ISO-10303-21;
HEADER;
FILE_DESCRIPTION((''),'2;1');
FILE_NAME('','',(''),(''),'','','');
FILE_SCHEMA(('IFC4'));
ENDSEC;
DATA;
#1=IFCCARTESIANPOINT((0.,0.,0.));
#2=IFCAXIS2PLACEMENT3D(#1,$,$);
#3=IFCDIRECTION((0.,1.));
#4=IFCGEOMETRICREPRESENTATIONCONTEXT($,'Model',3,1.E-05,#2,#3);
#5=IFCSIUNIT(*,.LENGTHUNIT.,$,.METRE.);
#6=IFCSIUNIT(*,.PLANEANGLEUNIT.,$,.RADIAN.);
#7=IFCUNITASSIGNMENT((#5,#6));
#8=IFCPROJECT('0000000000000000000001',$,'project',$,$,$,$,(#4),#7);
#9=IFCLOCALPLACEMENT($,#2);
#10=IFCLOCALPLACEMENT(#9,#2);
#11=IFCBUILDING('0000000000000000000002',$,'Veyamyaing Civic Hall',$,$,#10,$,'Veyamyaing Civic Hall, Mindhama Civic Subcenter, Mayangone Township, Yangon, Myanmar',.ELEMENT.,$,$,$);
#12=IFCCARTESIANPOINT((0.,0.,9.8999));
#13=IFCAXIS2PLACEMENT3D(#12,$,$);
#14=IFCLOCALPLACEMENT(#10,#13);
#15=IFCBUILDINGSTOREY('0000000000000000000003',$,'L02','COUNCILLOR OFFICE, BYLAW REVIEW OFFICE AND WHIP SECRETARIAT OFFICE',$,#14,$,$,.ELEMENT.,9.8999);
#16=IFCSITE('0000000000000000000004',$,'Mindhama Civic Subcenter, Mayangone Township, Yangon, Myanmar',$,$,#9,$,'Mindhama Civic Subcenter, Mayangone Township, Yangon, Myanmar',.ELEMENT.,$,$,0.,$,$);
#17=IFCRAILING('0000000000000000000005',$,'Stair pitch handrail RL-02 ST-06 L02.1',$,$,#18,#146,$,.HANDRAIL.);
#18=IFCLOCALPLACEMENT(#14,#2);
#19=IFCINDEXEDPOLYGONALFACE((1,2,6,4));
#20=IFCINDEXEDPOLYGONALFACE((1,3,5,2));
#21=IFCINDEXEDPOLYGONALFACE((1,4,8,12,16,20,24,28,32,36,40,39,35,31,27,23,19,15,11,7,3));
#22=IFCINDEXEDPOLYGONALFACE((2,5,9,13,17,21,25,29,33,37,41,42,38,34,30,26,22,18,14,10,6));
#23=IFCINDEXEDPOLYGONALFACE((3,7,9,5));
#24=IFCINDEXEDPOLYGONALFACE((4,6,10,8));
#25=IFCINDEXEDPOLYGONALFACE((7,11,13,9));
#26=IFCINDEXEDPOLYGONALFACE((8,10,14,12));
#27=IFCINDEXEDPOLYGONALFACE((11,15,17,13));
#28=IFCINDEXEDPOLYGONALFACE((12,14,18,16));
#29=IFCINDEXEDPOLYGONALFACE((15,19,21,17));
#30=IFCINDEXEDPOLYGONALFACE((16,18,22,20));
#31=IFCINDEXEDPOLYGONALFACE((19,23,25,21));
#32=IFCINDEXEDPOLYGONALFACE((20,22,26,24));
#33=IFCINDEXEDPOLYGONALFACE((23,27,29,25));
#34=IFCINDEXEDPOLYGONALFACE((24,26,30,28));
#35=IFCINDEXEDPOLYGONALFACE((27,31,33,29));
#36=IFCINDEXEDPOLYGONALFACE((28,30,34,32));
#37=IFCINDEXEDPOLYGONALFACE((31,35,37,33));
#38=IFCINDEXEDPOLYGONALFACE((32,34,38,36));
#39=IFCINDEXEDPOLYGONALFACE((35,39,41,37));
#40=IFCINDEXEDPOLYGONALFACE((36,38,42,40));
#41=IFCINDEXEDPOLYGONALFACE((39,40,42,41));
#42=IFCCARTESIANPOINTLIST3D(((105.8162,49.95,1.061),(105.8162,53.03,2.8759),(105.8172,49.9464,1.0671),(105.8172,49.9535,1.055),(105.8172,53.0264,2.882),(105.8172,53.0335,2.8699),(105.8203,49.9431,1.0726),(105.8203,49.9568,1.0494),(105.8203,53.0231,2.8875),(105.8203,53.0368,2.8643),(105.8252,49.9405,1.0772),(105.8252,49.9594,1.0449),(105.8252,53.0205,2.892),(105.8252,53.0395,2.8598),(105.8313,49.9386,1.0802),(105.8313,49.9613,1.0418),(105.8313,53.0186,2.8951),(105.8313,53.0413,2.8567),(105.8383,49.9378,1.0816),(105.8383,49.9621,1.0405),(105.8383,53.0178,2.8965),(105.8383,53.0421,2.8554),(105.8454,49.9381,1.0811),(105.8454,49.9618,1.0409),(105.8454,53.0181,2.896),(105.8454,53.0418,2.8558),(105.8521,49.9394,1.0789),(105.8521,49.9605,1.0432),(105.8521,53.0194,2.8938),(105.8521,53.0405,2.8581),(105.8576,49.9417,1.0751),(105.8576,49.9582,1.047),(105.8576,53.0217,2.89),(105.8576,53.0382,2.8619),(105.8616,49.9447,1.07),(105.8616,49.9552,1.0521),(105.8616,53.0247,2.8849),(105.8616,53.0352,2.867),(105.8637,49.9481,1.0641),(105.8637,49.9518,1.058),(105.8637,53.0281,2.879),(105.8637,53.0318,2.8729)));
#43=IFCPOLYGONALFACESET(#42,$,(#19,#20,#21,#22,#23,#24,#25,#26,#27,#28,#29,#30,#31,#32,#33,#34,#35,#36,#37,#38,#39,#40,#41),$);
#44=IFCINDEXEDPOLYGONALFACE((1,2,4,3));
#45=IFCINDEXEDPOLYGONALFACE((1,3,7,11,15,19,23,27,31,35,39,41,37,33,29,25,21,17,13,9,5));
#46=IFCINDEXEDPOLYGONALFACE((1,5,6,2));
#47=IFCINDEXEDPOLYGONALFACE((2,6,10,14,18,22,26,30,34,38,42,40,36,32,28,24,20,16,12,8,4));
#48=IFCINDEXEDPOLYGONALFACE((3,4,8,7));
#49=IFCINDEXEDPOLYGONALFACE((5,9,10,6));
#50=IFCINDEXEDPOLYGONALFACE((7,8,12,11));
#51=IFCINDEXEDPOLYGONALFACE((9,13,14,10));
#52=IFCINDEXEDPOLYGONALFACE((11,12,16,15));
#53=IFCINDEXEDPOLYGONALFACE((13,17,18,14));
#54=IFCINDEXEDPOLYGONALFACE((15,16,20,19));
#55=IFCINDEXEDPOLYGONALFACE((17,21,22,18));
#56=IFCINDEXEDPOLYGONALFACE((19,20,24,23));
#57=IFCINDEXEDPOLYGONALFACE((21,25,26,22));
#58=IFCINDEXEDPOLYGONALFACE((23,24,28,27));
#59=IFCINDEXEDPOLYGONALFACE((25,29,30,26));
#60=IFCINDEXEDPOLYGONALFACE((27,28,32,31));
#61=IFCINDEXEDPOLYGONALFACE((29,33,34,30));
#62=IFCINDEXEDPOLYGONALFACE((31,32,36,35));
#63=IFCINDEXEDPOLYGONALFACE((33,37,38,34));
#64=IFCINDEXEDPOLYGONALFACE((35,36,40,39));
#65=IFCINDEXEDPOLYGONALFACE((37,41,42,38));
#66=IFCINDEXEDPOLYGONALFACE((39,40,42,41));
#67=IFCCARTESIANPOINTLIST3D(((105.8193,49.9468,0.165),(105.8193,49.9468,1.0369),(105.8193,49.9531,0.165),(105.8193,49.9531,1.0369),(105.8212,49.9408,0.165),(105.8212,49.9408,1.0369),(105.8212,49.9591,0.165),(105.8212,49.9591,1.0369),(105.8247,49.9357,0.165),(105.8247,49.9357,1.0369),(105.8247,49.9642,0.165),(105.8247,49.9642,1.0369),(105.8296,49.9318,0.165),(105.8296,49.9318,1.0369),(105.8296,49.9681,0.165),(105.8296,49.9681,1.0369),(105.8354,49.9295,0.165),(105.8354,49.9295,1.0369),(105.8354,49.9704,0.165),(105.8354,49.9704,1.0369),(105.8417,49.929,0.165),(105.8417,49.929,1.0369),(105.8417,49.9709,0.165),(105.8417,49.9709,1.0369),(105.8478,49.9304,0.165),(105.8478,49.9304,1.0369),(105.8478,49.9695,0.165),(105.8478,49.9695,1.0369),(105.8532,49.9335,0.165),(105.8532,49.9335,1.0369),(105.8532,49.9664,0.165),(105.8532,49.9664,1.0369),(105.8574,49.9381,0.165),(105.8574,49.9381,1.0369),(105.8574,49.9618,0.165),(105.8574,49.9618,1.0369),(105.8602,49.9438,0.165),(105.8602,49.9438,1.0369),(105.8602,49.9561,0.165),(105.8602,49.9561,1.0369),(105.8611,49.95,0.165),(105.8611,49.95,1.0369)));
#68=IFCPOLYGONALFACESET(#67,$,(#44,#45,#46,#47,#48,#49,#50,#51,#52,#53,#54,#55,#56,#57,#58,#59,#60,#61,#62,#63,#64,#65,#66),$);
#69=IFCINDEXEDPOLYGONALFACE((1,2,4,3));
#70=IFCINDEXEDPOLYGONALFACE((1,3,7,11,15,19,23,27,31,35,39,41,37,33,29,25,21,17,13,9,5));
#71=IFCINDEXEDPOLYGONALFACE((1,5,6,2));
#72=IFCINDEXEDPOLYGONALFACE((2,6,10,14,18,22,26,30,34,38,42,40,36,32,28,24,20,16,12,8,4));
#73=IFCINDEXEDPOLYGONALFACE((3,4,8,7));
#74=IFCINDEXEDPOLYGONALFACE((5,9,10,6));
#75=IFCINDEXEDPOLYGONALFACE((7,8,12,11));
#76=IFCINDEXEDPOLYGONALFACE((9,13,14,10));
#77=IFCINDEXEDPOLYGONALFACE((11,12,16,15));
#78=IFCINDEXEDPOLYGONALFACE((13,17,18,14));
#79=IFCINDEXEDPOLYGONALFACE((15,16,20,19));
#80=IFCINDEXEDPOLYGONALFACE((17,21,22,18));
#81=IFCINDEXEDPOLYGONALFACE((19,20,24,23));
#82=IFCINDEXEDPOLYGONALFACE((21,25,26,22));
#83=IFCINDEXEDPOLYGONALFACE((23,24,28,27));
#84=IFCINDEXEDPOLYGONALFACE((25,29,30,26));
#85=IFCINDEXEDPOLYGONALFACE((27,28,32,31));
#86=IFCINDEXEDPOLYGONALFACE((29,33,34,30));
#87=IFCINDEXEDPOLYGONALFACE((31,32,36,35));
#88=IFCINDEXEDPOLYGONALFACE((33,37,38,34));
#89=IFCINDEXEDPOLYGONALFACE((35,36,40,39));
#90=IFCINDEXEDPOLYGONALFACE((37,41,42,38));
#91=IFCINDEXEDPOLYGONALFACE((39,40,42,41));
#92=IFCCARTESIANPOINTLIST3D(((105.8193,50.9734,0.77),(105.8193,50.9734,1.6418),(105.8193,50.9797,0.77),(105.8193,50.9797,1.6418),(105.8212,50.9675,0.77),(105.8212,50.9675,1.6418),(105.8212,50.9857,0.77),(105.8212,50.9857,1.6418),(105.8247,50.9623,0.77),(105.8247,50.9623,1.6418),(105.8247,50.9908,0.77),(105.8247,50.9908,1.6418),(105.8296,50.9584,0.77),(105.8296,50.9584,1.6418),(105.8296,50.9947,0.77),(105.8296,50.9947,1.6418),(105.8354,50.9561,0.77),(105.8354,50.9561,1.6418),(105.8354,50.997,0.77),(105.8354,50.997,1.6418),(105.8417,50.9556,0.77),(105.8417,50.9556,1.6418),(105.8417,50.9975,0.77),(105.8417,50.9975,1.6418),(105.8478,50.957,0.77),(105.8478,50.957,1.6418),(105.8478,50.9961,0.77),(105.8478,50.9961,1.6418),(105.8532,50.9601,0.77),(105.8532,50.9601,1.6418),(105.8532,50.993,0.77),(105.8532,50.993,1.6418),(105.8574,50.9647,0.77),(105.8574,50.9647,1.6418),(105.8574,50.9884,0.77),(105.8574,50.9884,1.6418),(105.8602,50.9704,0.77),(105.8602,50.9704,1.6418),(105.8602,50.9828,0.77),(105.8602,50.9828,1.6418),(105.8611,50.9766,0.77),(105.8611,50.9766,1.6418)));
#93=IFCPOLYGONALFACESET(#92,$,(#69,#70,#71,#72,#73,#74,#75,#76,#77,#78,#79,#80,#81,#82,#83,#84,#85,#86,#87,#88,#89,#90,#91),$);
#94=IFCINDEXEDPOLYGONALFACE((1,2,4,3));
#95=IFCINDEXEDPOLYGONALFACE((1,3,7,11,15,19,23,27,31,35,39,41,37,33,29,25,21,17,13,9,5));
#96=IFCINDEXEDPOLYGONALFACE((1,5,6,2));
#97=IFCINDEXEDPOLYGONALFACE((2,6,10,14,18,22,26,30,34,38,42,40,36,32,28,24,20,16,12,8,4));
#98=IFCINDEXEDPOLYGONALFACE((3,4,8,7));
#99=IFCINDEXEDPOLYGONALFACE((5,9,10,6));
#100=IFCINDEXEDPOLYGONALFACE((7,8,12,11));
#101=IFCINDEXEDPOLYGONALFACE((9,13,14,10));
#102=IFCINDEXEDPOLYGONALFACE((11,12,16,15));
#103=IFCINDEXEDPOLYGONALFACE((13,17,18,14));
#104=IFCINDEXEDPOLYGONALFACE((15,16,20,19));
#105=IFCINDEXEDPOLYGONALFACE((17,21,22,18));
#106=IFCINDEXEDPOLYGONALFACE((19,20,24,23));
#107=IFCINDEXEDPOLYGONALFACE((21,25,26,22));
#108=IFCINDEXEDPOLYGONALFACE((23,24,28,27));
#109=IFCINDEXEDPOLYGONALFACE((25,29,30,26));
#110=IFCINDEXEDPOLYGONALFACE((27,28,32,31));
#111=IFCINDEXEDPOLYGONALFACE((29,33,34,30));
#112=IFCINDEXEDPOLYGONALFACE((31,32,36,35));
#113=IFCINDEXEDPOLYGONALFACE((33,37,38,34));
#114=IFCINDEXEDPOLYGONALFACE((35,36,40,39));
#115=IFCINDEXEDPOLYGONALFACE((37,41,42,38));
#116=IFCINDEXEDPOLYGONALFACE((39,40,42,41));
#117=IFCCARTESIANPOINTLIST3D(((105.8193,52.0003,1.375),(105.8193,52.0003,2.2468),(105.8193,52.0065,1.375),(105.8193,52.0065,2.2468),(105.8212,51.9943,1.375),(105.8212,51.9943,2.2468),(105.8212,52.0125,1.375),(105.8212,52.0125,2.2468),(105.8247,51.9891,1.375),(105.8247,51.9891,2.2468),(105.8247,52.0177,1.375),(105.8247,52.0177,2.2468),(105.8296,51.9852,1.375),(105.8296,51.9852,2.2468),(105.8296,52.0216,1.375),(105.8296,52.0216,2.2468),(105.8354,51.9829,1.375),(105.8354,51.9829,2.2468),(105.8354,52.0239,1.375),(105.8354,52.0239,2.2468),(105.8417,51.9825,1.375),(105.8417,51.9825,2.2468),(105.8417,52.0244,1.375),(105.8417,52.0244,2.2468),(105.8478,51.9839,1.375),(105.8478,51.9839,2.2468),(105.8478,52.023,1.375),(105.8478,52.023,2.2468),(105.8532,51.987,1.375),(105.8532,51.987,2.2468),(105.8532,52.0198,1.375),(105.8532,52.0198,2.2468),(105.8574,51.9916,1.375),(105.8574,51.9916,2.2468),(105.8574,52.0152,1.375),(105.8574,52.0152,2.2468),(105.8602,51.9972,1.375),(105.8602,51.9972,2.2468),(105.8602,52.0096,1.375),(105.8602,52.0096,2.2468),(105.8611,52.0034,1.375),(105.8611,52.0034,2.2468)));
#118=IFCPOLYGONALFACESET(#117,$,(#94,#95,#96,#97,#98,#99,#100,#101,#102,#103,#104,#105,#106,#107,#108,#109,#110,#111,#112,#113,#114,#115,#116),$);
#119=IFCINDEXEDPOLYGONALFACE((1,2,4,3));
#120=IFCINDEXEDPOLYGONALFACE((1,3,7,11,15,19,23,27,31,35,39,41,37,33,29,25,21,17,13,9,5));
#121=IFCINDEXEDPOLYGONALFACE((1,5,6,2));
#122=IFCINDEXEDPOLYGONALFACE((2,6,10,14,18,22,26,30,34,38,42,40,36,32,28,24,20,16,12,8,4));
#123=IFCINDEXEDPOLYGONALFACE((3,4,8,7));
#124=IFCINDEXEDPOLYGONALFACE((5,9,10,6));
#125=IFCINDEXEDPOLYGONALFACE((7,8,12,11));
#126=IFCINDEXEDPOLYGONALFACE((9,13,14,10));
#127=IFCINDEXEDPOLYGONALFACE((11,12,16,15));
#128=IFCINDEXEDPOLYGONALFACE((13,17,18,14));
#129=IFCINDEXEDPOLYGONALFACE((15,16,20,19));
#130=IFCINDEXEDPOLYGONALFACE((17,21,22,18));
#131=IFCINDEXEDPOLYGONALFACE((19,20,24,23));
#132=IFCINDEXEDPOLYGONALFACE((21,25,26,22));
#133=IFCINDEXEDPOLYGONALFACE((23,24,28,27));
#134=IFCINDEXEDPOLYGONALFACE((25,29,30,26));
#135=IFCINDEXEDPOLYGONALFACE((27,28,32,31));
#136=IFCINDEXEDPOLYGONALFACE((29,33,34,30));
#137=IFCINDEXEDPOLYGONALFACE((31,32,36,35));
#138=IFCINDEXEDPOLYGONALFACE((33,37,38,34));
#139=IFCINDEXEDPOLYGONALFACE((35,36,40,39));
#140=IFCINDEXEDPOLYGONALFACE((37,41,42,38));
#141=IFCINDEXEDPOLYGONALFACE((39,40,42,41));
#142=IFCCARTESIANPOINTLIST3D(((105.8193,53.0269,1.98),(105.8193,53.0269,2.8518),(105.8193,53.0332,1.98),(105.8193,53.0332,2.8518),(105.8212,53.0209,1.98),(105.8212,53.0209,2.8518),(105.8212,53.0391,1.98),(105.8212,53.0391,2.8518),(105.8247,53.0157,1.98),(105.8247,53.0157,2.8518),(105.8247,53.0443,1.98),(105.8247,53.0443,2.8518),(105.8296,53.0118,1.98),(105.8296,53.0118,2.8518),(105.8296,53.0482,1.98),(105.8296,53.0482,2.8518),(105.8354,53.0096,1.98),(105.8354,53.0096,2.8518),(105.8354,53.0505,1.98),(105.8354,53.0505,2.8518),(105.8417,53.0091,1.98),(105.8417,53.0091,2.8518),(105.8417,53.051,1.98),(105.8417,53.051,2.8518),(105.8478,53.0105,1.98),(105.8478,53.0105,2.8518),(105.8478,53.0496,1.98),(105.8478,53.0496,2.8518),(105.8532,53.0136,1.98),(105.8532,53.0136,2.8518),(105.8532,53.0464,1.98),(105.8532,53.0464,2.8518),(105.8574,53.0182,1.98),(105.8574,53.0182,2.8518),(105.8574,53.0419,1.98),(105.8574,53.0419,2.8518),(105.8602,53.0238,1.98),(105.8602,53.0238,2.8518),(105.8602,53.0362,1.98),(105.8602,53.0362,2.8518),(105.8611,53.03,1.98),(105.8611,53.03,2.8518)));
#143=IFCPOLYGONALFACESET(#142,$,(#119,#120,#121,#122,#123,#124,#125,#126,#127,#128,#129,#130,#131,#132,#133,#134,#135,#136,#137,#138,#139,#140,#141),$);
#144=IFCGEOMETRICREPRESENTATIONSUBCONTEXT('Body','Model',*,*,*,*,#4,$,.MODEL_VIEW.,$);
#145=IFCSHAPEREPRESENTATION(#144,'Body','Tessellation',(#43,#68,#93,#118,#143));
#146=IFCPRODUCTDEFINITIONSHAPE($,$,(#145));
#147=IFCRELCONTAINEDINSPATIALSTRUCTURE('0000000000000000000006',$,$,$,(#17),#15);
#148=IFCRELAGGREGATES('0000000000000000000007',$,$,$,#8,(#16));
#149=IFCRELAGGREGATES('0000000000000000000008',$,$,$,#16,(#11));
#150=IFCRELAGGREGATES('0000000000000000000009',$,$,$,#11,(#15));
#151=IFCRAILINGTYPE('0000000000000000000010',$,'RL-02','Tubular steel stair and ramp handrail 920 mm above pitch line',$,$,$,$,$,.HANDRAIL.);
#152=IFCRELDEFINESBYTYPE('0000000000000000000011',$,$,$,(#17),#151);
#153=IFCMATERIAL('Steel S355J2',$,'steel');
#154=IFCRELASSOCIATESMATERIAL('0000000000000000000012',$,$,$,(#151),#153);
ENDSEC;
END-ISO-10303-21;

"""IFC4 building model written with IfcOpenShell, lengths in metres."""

from ifc_helpers import new_model, si_unit, direction, frame, origin, origin_2d, place, context, subcontext, project, spatial, circle, extrude, material, type_object, element, save


model = new_model("IFC4")

# Units and contexts
model_context = context("Model", 3, precision=1e-05, world=origin(), true_north=direction((0.0, 1.0)))
body_context = subcontext(model_context, "Body", "Model", "MODEL_VIEW")
ifc_project = project(units=[si_unit("LENGTHUNIT", "METRE"), si_unit("PLANEANGLEUNIT", "RADIAN")], contexts=[model_context])

# Site, building, storey
site_placement = place(None, origin())
site = spatial("IfcSite", under=ifc_project, at=site_placement, Name="Mindhama Civic Subcenter, Mayangone Township, Yangon, Myanmar", LongName="Mindhama Civic Subcenter, Mayangone Township, Yangon, Myanmar", CompositionType="ELEMENT", RefElevation=0.0)
building_placement = place(site_placement, origin())
building = spatial("IfcBuilding", under=site, at=building_placement, Name="Veyamyaing Civic Hall", LongName="Veyamyaing Civic Hall, Mindhama Civic Subcenter, Mayangone Township, Yangon, Myanmar", CompositionType="ELEMENT")
storey_placement = place(building_placement, frame((0.0, 0.0, 9.8999)))
storey = spatial("IfcBuildingStorey", under=building, at=storey_placement, Name="L02", Description="COUNCILLOR OFFICE, BYLAW REVIEW OFFICE AND WHIP SECRETARIAT OFFICE", CompositionType="ELEMENT", Elevation=9.8999)

# Railing
ifc_material_1 = material(Name="Steel S355J2", Category="steel")
railing_type_1 = type_object("IfcRailingType", Name="RL-02", Description="Tubular steel stair and ramp handrail 920 mm above pitch line", PredefinedType="HANDRAIL", material=ifc_material_1)
railing_1_placement = place(storey_placement, frame((105.8401, 49.95, 0.165)))
element("IfcRailing", 1, at=railing_1_placement, inside=storey, type_object=railing_type_1, Name="Stair pitch handrail RL-02 ST-06 L02.1", PredefinedType="HANDRAIL", context=body_context, shape_type="SweptSolid", body=[
    extrude(circle(Radius=0.0239, at=origin_2d()), frame((0.0, 0.0, 0.896), z_axis=(0.0, 0.861551, 0.507671), x_axis=(-1.0, 0.0, 0.0)), (0.0, 0.0, 1.0), 3.575),
    extrude(circle(Radius=0.021, at=origin_2d()), origin(), (0.0, 0.0, 1.0), 0.8718),
    extrude(circle(Radius=0.021, at=origin_2d()), frame((0.0, 1.0266, 0.605)), (0.0, 0.0, 1.0), 0.8718),
    extrude(circle(Radius=0.021, at=origin_2d()), frame((0.0, 2.0535, 1.21)), (0.0, 0.0, 1.0), 0.8718),
    extrude(circle(Radius=0.021, at=origin_2d()), frame((0.0, 3.0801, 1.8149)), (0.0, 0.0, 1.0), 0.8718),
])

save(model, "model.ifc")
